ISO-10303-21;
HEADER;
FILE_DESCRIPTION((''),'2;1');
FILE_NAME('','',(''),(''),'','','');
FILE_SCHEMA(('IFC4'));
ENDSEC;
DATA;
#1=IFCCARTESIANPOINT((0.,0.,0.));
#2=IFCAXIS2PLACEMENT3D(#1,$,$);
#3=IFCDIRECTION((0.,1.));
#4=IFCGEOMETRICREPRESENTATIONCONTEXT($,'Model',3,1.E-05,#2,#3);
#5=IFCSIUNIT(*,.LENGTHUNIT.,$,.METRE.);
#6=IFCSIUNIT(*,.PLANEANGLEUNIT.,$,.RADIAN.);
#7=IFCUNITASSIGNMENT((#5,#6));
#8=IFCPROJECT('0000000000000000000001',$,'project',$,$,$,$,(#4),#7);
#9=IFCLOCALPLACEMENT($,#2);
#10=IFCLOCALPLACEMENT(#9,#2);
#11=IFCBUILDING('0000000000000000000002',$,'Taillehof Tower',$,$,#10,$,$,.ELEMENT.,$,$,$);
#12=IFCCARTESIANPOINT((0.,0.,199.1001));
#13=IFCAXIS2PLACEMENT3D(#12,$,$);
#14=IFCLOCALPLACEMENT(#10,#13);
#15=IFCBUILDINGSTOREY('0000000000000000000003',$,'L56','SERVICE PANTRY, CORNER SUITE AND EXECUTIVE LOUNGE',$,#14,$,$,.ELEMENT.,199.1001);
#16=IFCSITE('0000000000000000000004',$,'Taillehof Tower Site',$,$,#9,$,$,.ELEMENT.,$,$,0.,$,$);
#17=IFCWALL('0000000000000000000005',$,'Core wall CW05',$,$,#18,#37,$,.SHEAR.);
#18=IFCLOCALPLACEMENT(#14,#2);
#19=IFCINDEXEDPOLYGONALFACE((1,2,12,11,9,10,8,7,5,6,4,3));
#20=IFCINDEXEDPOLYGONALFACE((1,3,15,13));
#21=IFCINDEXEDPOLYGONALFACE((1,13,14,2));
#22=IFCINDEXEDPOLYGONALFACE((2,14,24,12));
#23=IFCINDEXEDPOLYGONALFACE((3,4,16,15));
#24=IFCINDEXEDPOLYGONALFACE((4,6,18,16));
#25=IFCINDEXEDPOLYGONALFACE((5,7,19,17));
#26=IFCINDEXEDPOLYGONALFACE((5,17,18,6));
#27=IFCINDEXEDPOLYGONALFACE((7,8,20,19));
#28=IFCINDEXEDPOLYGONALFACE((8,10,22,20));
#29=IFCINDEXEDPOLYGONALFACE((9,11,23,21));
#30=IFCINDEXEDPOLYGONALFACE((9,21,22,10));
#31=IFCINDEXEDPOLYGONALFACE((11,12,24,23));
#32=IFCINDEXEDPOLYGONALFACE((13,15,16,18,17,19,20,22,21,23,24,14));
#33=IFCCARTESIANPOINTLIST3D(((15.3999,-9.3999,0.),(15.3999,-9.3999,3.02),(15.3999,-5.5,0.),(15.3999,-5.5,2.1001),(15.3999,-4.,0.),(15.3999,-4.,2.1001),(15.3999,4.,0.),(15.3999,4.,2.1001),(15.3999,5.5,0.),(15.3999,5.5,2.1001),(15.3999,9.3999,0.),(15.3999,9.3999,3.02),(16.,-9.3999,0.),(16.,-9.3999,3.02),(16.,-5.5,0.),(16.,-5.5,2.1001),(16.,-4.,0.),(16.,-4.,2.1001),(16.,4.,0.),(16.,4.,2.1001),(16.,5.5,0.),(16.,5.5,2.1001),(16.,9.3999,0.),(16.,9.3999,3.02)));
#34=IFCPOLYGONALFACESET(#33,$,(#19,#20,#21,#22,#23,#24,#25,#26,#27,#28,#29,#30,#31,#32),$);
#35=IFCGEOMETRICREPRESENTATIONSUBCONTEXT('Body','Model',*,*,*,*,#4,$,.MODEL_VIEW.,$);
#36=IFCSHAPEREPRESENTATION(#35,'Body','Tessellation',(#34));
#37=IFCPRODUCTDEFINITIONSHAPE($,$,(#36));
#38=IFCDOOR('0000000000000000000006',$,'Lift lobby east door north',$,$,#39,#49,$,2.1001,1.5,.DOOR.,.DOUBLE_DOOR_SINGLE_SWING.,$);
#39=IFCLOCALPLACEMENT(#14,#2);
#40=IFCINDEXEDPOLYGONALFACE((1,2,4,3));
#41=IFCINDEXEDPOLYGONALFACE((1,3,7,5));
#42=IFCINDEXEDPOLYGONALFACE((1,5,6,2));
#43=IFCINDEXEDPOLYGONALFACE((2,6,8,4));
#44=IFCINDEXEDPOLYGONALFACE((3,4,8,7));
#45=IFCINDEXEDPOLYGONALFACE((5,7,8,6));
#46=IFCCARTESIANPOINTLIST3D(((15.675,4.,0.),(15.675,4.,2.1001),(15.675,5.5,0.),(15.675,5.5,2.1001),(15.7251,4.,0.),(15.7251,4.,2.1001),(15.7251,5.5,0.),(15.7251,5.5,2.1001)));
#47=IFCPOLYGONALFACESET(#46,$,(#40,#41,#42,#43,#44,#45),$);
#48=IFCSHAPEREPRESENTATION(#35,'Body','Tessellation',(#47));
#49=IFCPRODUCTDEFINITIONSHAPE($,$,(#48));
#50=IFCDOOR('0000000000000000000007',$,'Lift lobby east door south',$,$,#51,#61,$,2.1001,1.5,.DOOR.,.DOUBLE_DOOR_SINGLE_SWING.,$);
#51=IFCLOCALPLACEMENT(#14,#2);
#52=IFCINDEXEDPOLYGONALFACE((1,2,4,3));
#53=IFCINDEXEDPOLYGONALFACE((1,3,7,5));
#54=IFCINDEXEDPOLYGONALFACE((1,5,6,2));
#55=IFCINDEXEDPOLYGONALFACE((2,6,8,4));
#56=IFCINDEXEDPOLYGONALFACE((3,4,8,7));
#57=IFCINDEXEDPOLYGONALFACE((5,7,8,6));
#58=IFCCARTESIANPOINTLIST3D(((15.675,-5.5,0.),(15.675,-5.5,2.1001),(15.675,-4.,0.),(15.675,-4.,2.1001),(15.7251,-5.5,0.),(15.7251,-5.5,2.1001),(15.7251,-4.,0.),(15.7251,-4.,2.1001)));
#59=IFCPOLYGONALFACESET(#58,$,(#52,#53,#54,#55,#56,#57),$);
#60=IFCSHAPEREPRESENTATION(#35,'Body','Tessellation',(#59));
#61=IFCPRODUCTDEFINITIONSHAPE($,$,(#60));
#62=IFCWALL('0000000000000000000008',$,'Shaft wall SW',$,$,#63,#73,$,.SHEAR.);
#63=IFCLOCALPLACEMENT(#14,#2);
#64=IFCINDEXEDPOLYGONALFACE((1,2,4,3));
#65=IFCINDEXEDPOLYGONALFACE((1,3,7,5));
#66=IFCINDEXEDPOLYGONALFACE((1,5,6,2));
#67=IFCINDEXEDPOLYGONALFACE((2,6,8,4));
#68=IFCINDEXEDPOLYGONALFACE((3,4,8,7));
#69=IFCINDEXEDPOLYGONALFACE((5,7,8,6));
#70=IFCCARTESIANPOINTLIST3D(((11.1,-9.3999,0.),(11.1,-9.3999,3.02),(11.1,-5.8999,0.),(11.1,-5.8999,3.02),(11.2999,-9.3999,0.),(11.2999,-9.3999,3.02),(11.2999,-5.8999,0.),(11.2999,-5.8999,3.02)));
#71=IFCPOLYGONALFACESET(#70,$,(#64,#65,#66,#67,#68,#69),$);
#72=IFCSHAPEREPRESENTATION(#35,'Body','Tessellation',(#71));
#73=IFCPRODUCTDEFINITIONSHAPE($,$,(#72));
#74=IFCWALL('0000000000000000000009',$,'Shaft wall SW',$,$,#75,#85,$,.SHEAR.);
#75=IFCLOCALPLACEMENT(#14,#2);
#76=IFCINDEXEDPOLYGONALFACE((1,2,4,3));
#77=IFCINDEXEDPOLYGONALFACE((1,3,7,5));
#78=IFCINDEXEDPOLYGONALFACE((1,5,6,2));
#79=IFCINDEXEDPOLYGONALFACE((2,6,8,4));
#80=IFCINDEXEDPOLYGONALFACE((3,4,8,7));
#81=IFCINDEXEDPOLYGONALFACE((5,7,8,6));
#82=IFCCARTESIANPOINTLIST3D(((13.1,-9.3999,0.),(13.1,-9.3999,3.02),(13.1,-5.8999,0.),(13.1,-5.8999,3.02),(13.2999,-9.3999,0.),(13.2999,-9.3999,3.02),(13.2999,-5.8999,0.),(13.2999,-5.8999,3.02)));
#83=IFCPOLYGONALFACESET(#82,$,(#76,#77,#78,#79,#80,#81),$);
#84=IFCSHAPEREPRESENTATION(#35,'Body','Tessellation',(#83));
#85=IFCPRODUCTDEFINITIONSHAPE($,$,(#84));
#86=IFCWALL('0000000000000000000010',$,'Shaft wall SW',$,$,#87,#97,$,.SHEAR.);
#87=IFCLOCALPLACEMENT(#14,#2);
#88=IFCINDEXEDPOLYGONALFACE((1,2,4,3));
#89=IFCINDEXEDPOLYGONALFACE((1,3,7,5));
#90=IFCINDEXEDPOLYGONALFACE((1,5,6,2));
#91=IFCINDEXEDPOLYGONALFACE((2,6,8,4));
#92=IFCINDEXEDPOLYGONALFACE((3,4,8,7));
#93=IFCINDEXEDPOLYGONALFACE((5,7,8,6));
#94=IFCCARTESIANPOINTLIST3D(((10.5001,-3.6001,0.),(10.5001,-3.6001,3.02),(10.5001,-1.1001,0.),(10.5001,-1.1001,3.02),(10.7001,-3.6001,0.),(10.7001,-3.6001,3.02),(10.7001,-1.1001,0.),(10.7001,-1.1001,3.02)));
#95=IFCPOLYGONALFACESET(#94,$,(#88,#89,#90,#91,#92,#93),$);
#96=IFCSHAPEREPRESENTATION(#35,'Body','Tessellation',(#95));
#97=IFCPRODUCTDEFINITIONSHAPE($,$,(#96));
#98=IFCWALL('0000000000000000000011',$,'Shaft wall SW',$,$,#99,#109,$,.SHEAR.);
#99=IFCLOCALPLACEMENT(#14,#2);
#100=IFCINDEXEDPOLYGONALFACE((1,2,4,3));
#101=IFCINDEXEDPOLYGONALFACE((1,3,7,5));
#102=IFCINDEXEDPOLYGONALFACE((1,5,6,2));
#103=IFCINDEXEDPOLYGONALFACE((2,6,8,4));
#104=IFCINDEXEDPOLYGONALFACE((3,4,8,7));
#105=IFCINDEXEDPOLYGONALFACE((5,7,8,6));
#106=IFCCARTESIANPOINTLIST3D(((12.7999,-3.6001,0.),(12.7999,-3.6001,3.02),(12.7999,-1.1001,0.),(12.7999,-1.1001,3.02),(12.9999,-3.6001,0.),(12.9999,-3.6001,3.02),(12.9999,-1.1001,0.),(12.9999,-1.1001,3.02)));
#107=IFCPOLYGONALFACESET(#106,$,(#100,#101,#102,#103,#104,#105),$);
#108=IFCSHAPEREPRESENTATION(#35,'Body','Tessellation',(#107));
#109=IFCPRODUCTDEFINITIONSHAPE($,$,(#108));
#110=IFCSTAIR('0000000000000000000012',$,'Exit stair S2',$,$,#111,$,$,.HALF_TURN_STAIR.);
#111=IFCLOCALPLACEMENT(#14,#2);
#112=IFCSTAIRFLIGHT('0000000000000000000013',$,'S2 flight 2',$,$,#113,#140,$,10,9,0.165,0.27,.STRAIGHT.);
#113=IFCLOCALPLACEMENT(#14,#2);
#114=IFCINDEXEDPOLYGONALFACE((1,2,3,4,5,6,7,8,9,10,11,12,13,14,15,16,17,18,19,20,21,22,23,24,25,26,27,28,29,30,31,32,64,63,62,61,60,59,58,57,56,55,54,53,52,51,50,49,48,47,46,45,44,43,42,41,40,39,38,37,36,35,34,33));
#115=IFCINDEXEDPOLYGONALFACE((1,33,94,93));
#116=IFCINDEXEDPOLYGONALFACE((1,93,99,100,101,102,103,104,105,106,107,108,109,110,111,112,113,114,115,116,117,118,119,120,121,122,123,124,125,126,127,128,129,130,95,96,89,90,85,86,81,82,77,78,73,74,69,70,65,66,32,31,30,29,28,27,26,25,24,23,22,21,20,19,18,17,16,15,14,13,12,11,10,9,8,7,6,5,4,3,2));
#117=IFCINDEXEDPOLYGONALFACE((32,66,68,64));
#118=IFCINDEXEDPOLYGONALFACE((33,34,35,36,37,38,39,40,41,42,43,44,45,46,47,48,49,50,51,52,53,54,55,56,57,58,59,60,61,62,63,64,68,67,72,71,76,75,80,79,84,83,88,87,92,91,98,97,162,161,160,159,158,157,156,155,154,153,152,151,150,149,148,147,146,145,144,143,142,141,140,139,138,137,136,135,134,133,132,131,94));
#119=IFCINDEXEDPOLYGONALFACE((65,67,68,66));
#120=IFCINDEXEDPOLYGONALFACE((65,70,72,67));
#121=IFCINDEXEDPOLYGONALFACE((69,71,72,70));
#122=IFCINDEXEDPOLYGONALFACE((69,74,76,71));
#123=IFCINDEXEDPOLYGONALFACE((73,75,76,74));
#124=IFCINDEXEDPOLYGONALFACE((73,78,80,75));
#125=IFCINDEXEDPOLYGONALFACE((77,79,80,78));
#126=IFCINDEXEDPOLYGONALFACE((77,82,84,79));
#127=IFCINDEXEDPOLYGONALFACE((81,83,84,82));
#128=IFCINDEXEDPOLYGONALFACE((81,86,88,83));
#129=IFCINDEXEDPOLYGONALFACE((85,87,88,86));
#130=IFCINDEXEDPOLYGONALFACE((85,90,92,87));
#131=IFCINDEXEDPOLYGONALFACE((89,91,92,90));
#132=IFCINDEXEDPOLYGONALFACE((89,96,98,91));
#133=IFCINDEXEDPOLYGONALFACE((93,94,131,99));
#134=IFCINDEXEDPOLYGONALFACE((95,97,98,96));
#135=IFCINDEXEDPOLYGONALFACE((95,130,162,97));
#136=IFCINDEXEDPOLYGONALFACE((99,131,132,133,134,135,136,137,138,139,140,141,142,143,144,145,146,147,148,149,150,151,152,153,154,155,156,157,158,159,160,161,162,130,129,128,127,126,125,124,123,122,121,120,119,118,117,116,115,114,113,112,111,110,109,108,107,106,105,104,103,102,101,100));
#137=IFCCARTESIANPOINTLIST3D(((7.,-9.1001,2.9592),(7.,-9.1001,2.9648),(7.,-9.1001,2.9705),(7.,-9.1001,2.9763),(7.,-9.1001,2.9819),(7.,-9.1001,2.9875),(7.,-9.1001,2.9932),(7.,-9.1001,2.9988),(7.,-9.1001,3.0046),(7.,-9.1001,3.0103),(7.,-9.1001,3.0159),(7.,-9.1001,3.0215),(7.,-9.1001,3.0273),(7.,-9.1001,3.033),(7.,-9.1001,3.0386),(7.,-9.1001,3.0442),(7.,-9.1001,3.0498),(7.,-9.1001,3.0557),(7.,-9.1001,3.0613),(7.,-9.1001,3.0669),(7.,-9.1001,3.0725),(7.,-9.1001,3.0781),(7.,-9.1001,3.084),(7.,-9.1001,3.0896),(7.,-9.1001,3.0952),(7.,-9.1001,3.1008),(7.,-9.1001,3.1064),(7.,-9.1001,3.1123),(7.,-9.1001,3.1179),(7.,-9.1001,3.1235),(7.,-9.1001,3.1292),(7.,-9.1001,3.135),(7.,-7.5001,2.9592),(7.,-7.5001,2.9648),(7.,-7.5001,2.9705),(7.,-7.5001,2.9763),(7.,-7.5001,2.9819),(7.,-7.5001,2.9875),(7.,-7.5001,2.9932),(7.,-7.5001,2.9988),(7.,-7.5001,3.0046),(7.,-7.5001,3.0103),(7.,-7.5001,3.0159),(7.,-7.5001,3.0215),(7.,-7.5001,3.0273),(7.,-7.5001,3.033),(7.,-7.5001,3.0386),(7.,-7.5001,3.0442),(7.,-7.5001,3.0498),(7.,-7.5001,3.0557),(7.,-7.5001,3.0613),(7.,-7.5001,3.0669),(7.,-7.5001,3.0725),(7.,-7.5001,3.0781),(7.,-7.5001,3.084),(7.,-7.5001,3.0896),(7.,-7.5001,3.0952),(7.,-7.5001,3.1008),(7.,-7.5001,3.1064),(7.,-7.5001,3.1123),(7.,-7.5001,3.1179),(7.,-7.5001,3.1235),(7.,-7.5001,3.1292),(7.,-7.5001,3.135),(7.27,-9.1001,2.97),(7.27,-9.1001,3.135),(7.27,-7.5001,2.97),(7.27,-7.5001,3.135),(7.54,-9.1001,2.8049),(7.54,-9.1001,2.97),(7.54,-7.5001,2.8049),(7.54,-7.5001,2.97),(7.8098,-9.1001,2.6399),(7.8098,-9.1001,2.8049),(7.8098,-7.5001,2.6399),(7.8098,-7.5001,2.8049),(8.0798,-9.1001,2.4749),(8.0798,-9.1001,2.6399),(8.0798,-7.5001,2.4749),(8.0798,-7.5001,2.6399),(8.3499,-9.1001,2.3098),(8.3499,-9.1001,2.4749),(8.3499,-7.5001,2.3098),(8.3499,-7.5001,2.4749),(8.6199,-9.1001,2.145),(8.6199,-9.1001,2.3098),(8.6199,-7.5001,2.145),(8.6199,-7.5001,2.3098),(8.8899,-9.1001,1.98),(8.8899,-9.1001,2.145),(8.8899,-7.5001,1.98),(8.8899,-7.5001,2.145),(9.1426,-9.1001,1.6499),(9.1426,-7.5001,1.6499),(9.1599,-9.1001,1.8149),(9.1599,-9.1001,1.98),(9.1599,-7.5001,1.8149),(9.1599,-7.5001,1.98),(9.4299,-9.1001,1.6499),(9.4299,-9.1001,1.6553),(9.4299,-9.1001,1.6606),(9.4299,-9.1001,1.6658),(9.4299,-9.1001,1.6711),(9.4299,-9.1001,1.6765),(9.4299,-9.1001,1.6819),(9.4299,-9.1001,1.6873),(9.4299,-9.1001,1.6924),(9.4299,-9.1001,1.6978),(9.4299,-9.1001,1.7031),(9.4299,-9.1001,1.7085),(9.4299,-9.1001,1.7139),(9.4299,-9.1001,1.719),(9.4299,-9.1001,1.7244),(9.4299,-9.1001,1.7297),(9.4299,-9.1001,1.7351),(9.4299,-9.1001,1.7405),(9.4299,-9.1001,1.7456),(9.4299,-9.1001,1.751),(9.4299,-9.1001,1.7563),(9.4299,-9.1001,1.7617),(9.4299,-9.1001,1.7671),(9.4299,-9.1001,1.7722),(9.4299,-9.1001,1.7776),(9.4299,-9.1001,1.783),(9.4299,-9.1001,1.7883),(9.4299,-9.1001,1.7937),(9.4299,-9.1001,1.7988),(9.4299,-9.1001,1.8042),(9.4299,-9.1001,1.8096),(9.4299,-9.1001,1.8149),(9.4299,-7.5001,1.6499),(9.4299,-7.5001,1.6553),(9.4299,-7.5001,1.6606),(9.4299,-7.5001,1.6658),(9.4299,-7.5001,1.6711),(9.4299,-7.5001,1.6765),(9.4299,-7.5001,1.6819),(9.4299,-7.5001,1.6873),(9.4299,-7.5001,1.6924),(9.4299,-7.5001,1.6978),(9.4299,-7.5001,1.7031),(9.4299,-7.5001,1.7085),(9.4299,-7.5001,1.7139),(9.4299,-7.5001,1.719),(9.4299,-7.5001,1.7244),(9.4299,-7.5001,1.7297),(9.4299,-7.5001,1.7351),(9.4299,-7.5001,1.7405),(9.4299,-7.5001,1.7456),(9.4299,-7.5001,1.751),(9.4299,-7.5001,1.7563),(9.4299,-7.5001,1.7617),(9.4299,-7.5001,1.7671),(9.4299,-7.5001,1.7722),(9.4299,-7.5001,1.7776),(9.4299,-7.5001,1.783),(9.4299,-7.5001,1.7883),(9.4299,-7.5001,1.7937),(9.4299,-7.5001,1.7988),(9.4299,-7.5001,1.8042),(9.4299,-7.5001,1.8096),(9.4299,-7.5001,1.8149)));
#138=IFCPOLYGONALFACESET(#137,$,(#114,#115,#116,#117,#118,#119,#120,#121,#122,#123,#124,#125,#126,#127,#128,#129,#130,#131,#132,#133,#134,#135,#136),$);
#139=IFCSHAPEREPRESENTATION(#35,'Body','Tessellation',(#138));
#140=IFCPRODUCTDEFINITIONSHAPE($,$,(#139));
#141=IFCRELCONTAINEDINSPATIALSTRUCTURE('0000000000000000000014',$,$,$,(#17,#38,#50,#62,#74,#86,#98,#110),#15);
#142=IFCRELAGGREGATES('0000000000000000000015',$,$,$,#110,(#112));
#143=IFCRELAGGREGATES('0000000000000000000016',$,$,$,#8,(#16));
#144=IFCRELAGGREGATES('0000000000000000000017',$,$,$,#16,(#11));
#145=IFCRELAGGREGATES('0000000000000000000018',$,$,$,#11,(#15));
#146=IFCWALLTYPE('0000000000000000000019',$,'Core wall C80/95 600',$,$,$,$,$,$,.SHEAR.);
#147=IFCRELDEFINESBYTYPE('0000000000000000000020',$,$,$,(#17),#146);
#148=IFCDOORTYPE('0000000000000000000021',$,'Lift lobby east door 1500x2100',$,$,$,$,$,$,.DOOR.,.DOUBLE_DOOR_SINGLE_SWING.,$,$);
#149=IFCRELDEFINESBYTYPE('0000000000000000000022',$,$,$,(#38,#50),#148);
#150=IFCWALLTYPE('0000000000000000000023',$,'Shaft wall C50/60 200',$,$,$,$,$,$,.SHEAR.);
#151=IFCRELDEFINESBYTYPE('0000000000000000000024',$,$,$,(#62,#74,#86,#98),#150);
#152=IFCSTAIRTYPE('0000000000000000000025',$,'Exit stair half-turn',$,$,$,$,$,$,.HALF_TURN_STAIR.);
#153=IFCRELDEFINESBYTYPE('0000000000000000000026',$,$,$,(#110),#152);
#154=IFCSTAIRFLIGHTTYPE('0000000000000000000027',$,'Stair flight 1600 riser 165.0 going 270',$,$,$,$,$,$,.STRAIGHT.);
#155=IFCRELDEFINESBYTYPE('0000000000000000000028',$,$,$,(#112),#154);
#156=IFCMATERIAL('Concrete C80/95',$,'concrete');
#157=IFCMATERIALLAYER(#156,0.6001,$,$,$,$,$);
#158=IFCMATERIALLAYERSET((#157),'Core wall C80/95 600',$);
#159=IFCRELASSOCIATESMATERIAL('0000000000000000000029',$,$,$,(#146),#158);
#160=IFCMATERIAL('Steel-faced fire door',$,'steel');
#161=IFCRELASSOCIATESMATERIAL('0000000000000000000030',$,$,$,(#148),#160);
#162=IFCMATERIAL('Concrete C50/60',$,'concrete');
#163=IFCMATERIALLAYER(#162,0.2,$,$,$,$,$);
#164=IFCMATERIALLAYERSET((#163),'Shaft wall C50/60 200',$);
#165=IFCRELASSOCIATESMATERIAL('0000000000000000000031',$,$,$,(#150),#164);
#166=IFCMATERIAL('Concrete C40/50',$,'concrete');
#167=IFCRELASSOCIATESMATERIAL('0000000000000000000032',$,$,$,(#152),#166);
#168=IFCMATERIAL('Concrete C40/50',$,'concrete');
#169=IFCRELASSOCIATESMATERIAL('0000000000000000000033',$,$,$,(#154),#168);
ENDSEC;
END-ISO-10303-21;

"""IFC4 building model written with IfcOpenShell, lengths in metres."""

from ifc_helpers import new_model, si_unit, direction, frame, frame_2d, origin, place, context, subcontext, project, spatial, polyline, rectangle, outline, extrude, material, layer, layer_set, type_object, element, fill, aggregate, save


model = new_model("IFC4")

# Units and contexts
model_context = context("Model", 3, precision=1e-05, world=origin(), true_north=direction((0.0, 1.0)))
body_context = subcontext(model_context, "Body", "Model", "MODEL_VIEW")
ifc_project = project(units=[si_unit("LENGTHUNIT", "METRE"), si_unit("PLANEANGLEUNIT", "RADIAN")], contexts=[model_context])

# Site, building, storey
site_placement = place(None, origin())
site = spatial("IfcSite", under=ifc_project, at=site_placement, Name="Taillehof Tower Site", CompositionType="ELEMENT", RefElevation=0.0)
building_placement = place(site_placement, origin())
building = spatial("IfcBuilding", under=site, at=building_placement, Name="Taillehof Tower", CompositionType="ELEMENT")
storey_placement = place(building_placement, frame((0.0, 0.0, 199.1001)))
storey = spatial("IfcBuildingStorey", under=building, at=storey_placement, Name="L56", Description="SERVICE PANTRY, CORNER SUITE AND EXECUTIVE LOUNGE", CompositionType="ELEMENT", Elevation=199.1001)

# Wall, openings, doors
ifc_material_1 = material(Name="Concrete C80/95", Category="concrete")
ifc_layer_1 = layer(ifc_material_1, 0.6001)
ifc_layer_set_1 = layer_set([ifc_layer_1], Name="Core wall C80/95 600")
wall_type_1 = type_object("IfcWallType", Name="Core wall C80/95 600", PredefinedType="SHEAR", material=ifc_layer_set_1)
wall_1_placement = place(storey_placement, frame((15.7, -9.3999, 0.0), z_axis=(0.0, 0.0, 1.0), x_axis=(0.0, 1.0, 0.0)))
wall_1 = element("IfcWall", 1, at=wall_1_placement, inside=storey, type_object=wall_type_1, Name="Core wall CW05", PredefinedType="SHEAR", context=body_context, shape_type="SweptSolid", body=[
    extrude(rectangle(XDim=18.7998, YDim=0.6001, at=frame_2d((9.3999, 0.0))), origin(), (0.0, 0.0, 1.0), 3.02),
])
opening_1_placement = place(wall_1_placement, frame((13.3999, 0.0, 0.0)))
opening_1 = element("IfcOpeningElement", 2, at=opening_1_placement, cuts=wall_1, PredefinedType="OPENING", context=body_context, shape_type="SweptSolid", body=[
    extrude(rectangle(XDim=1.5, YDim=2.1001, at=frame_2d((0.75, 1.05))), frame((0.0, 0.3101, 0.0), z_axis=(0.0, -1.0, 0.0), x_axis=(1.0, 0.0, 0.0)), (0.0, 0.0, 1.0), 0.6201),
])
opening_2_placement = place(wall_1_placement, frame((3.8999, 0.0, 0.0)))
opening_2 = element("IfcOpeningElement", 3, at=opening_2_placement, cuts=wall_1, PredefinedType="OPENING", context=body_context, shape_type="SweptSolid", body=[
    extrude(rectangle(XDim=1.5, YDim=2.1001, at=frame_2d((0.75, 1.05))), frame((0.0, 0.3101, 0.0), z_axis=(0.0, -1.0, 0.0), x_axis=(1.0, 0.0, 0.0)), (0.0, 0.0, 1.0), 0.6201),
])
ifc_material_2 = material(Name="Steel-faced fire door", Category="steel")
door_type_1 = type_object("IfcDoorType", Name="Lift lobby east door 1500x2100", OperationType="DOUBLE_DOOR_SINGLE_SWING", PredefinedType="DOOR", material=ifc_material_2)
door_1_placement = place(opening_1_placement, origin())
door_1 = element("IfcDoor", 4, at=door_1_placement, inside=storey, type_object=door_type_1, Name="Lift lobby east door north", OperationType="DOUBLE_DOOR_SINGLE_SWING", OverallHeight=2.1001, OverallWidth=1.5, PredefinedType="DOOR", context=body_context, shape_type="SweptSolid", body=[
    extrude(rectangle(XDim=1.5, YDim=2.1001, at=frame_2d((0.75, 1.05))), frame((0.0, 0.0249, 0.0), z_axis=(0.0, -1.0, 0.0), x_axis=(1.0, 0.0, 0.0)), (0.0, 0.0, 1.0), 0.05),
])
fill(opening_1, door_1)
door_2_placement = place(opening_2_placement, origin())
door_2 = element("IfcDoor", 5, at=door_2_placement, inside=storey, type_object=door_type_1, Name="Lift lobby east door south", OperationType="DOUBLE_DOOR_SINGLE_SWING", OverallHeight=2.1001, OverallWidth=1.5, PredefinedType="DOOR", context=body_context, shape_type="SweptSolid", body=[
    extrude(rectangle(XDim=1.5, YDim=2.1001, at=frame_2d((0.75, 1.05))), frame((0.0, 0.0249, 0.0), z_axis=(0.0, -1.0, 0.0), x_axis=(1.0, 0.0, 0.0)), (0.0, 0.0, 1.0), 0.05),
])
fill(opening_2, door_2)

# Walls
ifc_material_3 = material(Name="Concrete C50/60", Category="concrete")
ifc_layer_2 = layer(ifc_material_3, 0.2)
ifc_layer_set_2 = layer_set([ifc_layer_2], Name="Shaft wall C50/60 200")
wall_type_2 = type_object("IfcWallType", Name="Shaft wall C50/60 200", PredefinedType="SHEAR", material=ifc_layer_set_2)
for number, where, z_axis, x_axis, name in (
    (6, (11.2, -9.3999, 0.0), (0.0, 0.0, 1.0), (0.0, 1.0, 0.0), "Shaft wall SW"),
    (7, (13.2, -9.3999, 0.0), (0.0, 0.0, 1.0), (0.0, 1.0, 0.0), "Shaft wall SW"),
):
    element("IfcWall", number, at=place(storey_placement, frame(where, z_axis=z_axis, x_axis=x_axis)), inside=storey, type_object=wall_type_2, Name=name, PredefinedType="SHEAR", context=body_context, shape_type="SweptSolid", body=[
        extrude(rectangle(XDim=3.5, YDim=0.2, at=frame_2d((1.75, 0.0))), origin(), (0.0, 0.0, 1.0), 3.02),
    ])
for number, where, z_axis, x_axis, name in (
    (8, (10.6001, -3.6001, 0.0), (0.0, 0.0, 1.0), (0.0, 1.0, 0.0), "Shaft wall SW"),
    (9, (12.8999, -3.6001, 0.0), (0.0, 0.0, 1.0), (0.0, 1.0, 0.0), "Shaft wall SW"),
):
    element("IfcWall", number, at=place(storey_placement, frame(where, z_axis=z_axis, x_axis=x_axis)), inside=storey, type_object=wall_type_2, Name=name, PredefinedType="SHEAR", context=body_context, shape_type="SweptSolid", body=[
        extrude(rectangle(XDim=2.5, YDim=0.2, at=frame_2d((1.25, 0.0))), origin(), (0.0, 0.0, 1.0), 3.02),
    ])

# Stair, stair flight
ifc_material_4 = material(Name="Concrete C40/50", Category="concrete")
stair_type = type_object("IfcStairType", Name="Exit stair half-turn", PredefinedType="HALF_TURN_STAIR", material=ifc_material_4)
stair_placement = place(storey_placement, origin())
stair = element("IfcStair", 10, at=stair_placement, inside=storey, type_object=stair_type, Name="Exit stair S2", PredefinedType="HALF_TURN_STAIR")
ifc_material_5 = material(Name="Concrete C40/50", Category="concrete")
stair_flight_type = type_object("IfcStairFlightType", Name="Stair flight 1600 riser 165.0 going 270", PredefinedType="STRAIGHT", material=ifc_material_5)
stair_flight_placement = place(storey_placement, frame((9.4299, -8.3, 1.6499), z_axis=(0.0, 0.0, 1.0), x_axis=(-1.0, 0.0, 0.0)))
stair_flight = element("IfcStairFlight", 11, at=stair_flight_placement, type_object=stair_flight_type, Name="S2 flight 2", NumberOfRisers=10, NumberOfTreads=9, PredefinedType="STRAIGHT", RiserHeight=0.165, TreadLength=0.27, context=body_context, shape_type="SweptSolid", body=[
    extrude(outline(polyline([(0.0, 0.0), (0.0, 0.0054), (0.0, 0.0107), (0.0, 0.0159), (0.0, 0.0212), (0.0, 0.0266), (0.0, 0.032), (0.0, 0.0374), (0.0, 0.0425), (0.0, 0.0479), (0.0, 0.0532), (0.0, 0.0586), (0.0, 0.064), (0.0, 0.0691), (0.0, 0.0745), (0.0, 0.0798), (0.0, 0.0852), (0.0, 0.0906), (0.0, 0.0957), (0.0, 0.1011), (0.0, 0.1064), (0.0, 0.1118), (0.0, 0.1172), (0.0, 0.1223), (0.0, 0.1277), (0.0, 0.1331), (0.0, 0.1384), (0.0, 0.1438), (0.0, 0.1489), (0.0, 0.1543), (0.0, 0.1597), (0.0, 0.165), (0.27, 0.165), (0.27, 0.3301), (0.54, 0.3301), (0.54, 0.4951), (0.8101, 0.4951), (0.8101, 0.6599), (1.0801, 0.6599), (1.0801, 0.825), (1.3501, 0.825), (1.3501, 0.99), (1.6201, 0.99), (1.6201, 1.155), (1.8899, 1.155), (1.8899, 1.3201), (2.1599, 1.3201), (2.1599, 1.4851), (2.4299, 1.4851), (2.4299, 1.4792), (2.4299, 1.4736), (2.4299, 1.468), (2.4299, 1.4624), (2.4299, 1.4565), (2.4299, 1.4509), (2.4299, 1.4453), (2.4299, 1.4397), (2.4299, 1.4341), (2.4299, 1.4282), (2.4299, 1.4226), (2.4299, 1.417), (2.4299, 1.4114), (2.4299, 1.4058), (2.4299, 1.3999), (2.4299, 1.3943), (2.4299, 1.3887), (2.4299, 1.3831), (2.4299, 1.3774), (2.4299, 1.3716), (2.4299, 1.366), (2.4299, 1.3604), (2.4299, 1.3547), (2.4299, 1.3489), (2.4299, 1.3433), (2.4299, 1.3376), (2.4299, 1.332), (2.4299, 1.3264), (2.4299, 1.3206), (2.4299, 1.3149), (2.4299, 1.3093), (0.2874, 0.0), (0.0, 0.0)])), frame((0.0, 0.8, 0.0), z_axis=(0.0, -1.0, 0.0), x_axis=(1.0, 0.0, 0.0)), (0.0, 0.0, 1.0), 1.6),
])
aggregate(stair, [stair_flight])

save(model, "model.ifc")
